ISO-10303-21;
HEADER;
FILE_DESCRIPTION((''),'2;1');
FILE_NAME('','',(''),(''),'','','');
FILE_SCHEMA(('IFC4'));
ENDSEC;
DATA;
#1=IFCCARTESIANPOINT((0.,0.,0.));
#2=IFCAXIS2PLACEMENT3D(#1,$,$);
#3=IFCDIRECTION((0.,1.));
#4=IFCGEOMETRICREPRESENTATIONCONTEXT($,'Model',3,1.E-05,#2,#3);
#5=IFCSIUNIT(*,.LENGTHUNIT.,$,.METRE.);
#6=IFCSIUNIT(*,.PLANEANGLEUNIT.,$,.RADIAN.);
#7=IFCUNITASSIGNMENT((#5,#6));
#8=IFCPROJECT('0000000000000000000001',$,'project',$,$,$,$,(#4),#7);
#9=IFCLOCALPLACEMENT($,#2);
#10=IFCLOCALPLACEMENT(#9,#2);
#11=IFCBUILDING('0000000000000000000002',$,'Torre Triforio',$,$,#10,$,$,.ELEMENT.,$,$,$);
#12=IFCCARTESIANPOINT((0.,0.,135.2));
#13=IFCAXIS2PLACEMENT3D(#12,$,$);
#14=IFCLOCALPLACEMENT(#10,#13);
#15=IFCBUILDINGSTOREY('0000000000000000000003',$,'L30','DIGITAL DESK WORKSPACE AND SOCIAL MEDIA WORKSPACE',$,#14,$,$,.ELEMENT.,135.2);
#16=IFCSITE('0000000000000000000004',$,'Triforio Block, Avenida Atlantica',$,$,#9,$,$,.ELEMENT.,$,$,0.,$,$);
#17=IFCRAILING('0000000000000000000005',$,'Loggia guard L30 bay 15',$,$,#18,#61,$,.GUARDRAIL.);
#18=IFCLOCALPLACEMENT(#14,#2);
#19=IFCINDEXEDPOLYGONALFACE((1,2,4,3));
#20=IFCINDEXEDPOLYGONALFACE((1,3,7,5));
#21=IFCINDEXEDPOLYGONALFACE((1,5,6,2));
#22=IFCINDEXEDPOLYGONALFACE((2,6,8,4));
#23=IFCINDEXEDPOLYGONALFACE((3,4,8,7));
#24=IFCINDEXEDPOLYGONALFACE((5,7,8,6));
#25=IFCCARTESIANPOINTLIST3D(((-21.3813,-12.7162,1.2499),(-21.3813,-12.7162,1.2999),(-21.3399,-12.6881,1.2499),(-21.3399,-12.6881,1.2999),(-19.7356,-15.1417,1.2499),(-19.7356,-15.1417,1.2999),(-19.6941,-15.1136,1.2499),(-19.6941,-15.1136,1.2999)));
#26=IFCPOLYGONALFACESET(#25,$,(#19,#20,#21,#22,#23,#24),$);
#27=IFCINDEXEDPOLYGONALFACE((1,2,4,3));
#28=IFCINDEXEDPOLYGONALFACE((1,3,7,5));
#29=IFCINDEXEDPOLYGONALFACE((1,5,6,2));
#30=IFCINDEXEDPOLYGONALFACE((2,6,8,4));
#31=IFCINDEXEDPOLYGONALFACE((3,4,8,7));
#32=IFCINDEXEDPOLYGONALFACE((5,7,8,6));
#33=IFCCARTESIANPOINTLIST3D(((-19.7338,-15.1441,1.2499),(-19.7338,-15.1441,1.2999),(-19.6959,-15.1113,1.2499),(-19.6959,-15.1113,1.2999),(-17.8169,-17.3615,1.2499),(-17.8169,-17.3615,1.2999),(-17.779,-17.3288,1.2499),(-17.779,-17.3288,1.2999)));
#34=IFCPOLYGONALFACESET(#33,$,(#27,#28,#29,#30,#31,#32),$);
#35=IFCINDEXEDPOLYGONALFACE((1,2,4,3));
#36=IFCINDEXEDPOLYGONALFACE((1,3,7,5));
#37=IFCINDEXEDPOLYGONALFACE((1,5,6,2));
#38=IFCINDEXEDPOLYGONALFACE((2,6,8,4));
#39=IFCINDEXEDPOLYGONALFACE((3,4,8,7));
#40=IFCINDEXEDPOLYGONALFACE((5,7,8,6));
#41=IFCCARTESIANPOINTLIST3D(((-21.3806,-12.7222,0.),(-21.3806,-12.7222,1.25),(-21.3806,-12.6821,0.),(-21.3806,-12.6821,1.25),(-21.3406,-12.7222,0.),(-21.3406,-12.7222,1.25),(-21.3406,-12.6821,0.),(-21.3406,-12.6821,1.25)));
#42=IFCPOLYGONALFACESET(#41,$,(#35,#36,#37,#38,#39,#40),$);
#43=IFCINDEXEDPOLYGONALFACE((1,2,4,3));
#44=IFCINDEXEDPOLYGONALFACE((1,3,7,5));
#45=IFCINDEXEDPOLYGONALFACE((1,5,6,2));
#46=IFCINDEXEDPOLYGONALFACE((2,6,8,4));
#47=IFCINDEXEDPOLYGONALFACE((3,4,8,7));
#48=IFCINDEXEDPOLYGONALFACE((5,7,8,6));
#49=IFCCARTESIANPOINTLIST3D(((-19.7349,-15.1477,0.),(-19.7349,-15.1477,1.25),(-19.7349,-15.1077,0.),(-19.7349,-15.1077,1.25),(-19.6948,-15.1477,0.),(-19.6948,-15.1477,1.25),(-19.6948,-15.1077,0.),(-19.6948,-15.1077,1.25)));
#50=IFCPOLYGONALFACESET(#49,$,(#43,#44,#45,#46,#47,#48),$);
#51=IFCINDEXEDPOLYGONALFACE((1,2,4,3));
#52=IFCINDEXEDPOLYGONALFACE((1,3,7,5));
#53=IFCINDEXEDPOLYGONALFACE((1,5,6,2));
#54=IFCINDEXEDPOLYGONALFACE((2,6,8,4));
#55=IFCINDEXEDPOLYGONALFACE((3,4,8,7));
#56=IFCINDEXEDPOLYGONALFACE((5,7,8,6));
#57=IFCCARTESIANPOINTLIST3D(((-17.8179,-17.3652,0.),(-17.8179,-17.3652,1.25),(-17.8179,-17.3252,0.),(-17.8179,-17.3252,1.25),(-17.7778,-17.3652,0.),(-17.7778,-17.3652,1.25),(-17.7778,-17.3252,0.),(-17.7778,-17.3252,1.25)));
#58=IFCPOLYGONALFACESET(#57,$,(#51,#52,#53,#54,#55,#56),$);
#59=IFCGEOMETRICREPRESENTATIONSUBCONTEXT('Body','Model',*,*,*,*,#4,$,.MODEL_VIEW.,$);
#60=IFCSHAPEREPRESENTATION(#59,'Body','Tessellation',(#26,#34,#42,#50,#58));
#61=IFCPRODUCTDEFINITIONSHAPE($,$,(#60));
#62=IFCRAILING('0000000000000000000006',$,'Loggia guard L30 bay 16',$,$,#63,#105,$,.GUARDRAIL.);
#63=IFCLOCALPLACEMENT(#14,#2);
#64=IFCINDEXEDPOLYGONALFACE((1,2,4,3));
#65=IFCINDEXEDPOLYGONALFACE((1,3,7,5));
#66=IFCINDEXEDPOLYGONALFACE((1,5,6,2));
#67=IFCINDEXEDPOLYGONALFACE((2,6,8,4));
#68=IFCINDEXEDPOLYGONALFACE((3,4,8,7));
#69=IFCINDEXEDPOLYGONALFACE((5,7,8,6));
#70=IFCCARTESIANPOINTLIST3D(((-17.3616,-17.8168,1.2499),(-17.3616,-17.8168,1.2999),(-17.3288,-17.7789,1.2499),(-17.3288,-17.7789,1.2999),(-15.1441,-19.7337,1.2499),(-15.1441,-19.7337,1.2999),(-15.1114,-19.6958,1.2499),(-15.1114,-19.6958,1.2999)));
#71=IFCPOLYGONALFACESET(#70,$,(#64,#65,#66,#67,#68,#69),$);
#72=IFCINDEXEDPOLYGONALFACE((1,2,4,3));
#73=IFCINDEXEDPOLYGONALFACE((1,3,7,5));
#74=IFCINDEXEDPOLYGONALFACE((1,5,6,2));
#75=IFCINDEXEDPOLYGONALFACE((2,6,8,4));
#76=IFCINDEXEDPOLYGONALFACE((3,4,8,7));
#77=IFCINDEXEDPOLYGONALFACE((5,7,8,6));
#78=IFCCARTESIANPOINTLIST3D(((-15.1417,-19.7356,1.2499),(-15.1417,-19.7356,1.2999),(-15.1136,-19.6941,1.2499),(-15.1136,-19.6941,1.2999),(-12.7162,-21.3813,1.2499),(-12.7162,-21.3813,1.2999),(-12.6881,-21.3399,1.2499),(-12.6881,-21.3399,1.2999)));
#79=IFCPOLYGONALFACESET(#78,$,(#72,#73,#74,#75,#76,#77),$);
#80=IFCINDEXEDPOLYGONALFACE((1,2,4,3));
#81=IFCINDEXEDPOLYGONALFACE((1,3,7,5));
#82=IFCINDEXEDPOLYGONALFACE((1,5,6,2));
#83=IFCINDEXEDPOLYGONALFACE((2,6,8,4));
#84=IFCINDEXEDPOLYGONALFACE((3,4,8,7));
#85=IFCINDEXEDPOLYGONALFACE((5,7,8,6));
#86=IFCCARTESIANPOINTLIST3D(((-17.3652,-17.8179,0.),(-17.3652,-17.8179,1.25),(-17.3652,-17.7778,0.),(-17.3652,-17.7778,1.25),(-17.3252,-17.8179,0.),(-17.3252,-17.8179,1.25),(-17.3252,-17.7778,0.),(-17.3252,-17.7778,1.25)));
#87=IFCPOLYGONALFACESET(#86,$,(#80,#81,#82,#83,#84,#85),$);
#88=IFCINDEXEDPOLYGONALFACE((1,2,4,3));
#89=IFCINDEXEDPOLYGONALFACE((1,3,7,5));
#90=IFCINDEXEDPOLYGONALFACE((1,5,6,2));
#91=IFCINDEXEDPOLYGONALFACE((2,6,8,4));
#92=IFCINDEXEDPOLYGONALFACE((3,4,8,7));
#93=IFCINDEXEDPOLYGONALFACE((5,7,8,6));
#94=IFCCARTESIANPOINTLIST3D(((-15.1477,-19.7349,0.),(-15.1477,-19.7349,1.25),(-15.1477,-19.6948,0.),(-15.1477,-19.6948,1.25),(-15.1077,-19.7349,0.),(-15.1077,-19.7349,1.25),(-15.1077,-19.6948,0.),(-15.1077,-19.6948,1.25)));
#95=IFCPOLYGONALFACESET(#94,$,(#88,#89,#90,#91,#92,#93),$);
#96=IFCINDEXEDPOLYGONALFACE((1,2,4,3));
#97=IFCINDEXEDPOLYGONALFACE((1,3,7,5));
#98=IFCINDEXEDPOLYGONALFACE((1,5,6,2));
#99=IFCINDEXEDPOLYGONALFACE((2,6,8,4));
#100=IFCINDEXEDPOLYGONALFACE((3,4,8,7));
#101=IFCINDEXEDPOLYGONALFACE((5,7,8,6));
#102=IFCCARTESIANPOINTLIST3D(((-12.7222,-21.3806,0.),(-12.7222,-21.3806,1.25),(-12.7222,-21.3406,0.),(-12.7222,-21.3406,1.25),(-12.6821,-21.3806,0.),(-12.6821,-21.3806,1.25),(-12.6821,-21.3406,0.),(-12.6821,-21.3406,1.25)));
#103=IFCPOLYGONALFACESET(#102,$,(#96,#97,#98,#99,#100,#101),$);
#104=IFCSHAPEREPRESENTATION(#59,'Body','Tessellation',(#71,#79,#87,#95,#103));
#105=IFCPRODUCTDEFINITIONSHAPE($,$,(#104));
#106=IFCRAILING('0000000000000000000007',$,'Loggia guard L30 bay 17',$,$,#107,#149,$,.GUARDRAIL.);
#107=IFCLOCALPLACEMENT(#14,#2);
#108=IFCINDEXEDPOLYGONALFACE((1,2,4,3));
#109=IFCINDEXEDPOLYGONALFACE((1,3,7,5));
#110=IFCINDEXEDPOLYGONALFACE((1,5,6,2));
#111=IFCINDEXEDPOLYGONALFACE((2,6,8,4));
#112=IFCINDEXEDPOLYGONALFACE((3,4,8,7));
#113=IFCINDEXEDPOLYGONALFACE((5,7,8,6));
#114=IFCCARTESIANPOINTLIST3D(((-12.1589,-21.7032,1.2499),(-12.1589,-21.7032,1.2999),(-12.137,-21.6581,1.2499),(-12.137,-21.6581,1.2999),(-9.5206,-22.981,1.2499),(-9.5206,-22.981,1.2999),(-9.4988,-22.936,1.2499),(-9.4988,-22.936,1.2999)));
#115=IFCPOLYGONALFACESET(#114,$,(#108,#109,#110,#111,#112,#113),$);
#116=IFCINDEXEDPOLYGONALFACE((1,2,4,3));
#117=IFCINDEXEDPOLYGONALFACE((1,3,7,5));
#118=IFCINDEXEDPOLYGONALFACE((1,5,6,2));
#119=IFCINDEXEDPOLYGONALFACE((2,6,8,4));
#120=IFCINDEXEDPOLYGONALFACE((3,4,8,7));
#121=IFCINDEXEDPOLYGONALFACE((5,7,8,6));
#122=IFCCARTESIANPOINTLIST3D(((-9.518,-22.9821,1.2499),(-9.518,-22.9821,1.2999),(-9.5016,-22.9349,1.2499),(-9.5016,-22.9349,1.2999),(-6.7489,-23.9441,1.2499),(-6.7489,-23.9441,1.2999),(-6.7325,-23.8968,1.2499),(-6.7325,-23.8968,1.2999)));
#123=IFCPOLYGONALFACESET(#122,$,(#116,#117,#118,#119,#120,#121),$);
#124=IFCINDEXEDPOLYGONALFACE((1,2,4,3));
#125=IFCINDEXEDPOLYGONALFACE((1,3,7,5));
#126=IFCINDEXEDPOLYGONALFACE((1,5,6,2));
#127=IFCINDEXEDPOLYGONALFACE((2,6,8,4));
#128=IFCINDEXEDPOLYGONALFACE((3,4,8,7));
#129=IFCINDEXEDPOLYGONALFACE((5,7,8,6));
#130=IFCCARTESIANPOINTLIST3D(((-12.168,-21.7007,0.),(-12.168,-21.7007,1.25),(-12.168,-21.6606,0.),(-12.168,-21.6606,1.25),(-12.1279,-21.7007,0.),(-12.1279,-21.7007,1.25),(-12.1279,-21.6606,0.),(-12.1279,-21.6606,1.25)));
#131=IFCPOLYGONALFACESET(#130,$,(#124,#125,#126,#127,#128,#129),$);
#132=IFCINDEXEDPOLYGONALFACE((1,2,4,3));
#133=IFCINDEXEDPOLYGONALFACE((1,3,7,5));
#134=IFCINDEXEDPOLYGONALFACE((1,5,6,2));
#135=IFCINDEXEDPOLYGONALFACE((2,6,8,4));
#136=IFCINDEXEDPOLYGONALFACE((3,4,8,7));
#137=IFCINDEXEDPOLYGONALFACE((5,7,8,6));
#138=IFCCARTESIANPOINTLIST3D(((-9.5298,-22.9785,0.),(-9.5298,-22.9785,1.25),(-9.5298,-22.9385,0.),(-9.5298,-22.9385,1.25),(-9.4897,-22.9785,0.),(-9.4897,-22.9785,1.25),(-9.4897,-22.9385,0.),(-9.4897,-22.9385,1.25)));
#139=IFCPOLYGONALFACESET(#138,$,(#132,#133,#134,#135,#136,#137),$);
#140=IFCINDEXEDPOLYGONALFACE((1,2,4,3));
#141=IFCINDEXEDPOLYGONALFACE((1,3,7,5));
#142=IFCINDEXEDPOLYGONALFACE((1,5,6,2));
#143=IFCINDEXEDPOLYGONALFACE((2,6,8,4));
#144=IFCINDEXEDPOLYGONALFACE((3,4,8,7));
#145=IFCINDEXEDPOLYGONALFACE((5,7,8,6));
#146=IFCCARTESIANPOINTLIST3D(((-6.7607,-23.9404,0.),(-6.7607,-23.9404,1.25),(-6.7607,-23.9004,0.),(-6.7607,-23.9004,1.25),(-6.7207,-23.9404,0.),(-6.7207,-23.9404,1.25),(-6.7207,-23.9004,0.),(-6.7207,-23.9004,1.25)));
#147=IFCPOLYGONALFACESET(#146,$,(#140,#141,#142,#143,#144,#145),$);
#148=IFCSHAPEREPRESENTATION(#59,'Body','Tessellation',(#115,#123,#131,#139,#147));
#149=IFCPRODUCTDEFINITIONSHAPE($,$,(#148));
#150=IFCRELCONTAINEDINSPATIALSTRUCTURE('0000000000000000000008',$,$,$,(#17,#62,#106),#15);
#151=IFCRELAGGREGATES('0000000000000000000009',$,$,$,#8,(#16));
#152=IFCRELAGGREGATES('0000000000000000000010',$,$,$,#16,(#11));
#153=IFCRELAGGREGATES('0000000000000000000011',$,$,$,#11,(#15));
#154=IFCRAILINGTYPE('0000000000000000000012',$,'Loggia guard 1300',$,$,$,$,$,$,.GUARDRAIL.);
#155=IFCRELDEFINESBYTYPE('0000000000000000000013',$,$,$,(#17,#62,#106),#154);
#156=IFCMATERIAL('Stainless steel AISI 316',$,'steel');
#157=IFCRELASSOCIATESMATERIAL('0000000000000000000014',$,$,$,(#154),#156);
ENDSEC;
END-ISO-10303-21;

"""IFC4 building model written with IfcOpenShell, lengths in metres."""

from ifc_helpers import new_model, si_unit, direction, frame, origin, origin_2d, place, context, subcontext, project, spatial, rectangle, extrude, material, type_object, element, save


model = new_model("IFC4")

# Units and contexts
model_context = context("Model", 3, precision=1e-05, world=origin(), true_north=direction((0.0, 1.0)))
body_context = subcontext(model_context, "Body", "Model", "MODEL_VIEW")
ifc_project = project(units=[si_unit("LENGTHUNIT", "METRE"), si_unit("PLANEANGLEUNIT", "RADIAN")], contexts=[model_context])

# Site, building, storey
site_placement = place(None, origin())
site = spatial("IfcSite", under=ifc_project, at=site_placement, Name="Triforio Block, Avenida Atlantica", CompositionType="ELEMENT", RefElevation=0.0)
building_placement = place(site_placement, origin())
building = spatial("IfcBuilding", under=site, at=building_placement, Name="Torre Triforio", CompositionType="ELEMENT")
storey_placement = place(building_placement, frame((0.0, 0.0, 135.2)))
storey = spatial("IfcBuildingStorey", under=building, at=storey_placement, Name="L30", Description="DIGITAL DESK WORKSPACE AND SOCIAL MEDIA WORKSPACE", CompositionType="ELEMENT", Elevation=135.2)

# Railings
ifc_material_1 = material(Name="Stainless steel AISI 316", Category="steel")
railing_type = type_object("IfcRailingType", Name="Loggia guard 1300", PredefinedType="GUARDRAIL", material=ifc_material_1)
railing_1_placement = place(storey_placement, frame((-21.3606, -12.7021, 0.0)))
element("IfcRailing", 1, at=railing_1_placement, inside=storey, type_object=railing_type, Name="Loggia guard L30 bay 15", PredefinedType="GUARDRAIL", context=body_context, shape_type="SweptSolid", body=[
    extrude(rectangle(XDim=0.05, YDim=0.05, at=origin_2d()), frame((0.0, 0.0, 1.2749), z_axis=(0.561467, -0.827499, 0.0), x_axis=(0.827499, 0.561467, 0.0)), (0.0, 0.0, 1.0), 2.9312),
    extrude(rectangle(XDim=0.05, YDim=0.05, at=origin_2d()), frame((1.6458, -2.4255, 1.2749), z_axis=(0.653982, -0.75651, 0.0), x_axis=(0.75651, 0.653982, 0.0)), (0.0, 0.0, 1.0), 2.9312),
    extrude(rectangle(XDim=0.04, YDim=0.04, at=origin_2d()), origin(), (0.0, 0.0, 1.0), 1.25),
    extrude(rectangle(XDim=0.04, YDim=0.04, at=origin_2d()), frame((1.6458, -2.4255, 0.0)), (0.0, 0.0, 1.0), 1.25),
    extrude(rectangle(XDim=0.04, YDim=0.04, at=origin_2d()), frame((3.5627, -4.6431, 0.0)), (0.0, 0.0, 1.0), 1.25),
])
railing_2_placement = place(storey_placement, frame((-17.3452, -17.7979, 0.0)))
element("IfcRailing", 2, at=railing_2_placement, inside=storey, type_object=railing_type, Name="Loggia guard L30 bay 16", PredefinedType="GUARDRAIL", context=body_context, shape_type="SweptSolid", body=[
    extrude(rectangle(XDim=0.05, YDim=0.05, at=origin_2d()), frame((0.0, 0.0, 1.2749), z_axis=(0.75651, -0.653982, 0.0), x_axis=(0.653982, 0.75651, 0.0)), (0.0, 0.0, 1.0), 2.9312),
    extrude(rectangle(XDim=0.05, YDim=0.05, at=origin_2d()), frame((2.2175, -1.917, 1.2749), z_axis=(0.827499, -0.561467, 0.0), x_axis=(0.561467, 0.827499, 0.0)), (0.0, 0.0, 1.0), 2.9312),
    extrude(rectangle(XDim=0.04, YDim=0.04, at=origin_2d()), origin(), (0.0, 0.0, 1.0), 1.25),
    extrude(rectangle(XDim=0.04, YDim=0.04, at=origin_2d()), frame((2.2175, -1.917, 0.0)), (0.0, 0.0, 1.0), 1.25),
    extrude(rectangle(XDim=0.04, YDim=0.04, at=origin_2d()), frame((4.6431, -3.5627, 0.0)), (0.0, 0.0, 1.0), 1.25),
])
railing_3_placement = place(storey_placement, frame((-12.1479, -21.6807, 0.0)))
element("IfcRailing", 3, at=railing_3_placement, inside=storey, type_object=railing_type, Name="Loggia guard L30 bay 17", PredefinedType="GUARDRAIL", context=body_context, shape_type="SweptSolid", body=[
    extrude(rectangle(XDim=0.05, YDim=0.05, at=origin_2d()), frame((0.0, 0.0, 1.2749), z_axis=(0.899986, -0.435918, 0.0), x_axis=(0.435918, 0.899986, 0.0)), (0.0, 0.0, 1.0), 2.9314),
    extrude(rectangle(XDim=0.05, YDim=0.05, at=origin_2d()), frame((2.6382, -1.2778, 1.2749), z_axis=(0.944627, -0.328146, 0.0), x_axis=(0.328146, 0.944627, 0.0)), (0.0, 0.0, 1.0), 2.9314),
    extrude(rectangle(XDim=0.04, YDim=0.04, at=origin_2d()), origin(), (0.0, 0.0, 1.0), 1.25),
    extrude(rectangle(XDim=0.04, YDim=0.04, at=origin_2d()), frame((2.6382, -1.2778, 0.0)), (0.0, 0.0, 1.0), 1.25),
    extrude(rectangle(XDim=0.04, YDim=0.04, at=origin_2d()), frame((5.4072, -2.2397, 0.0)), (0.0, 0.0, 1.0), 1.25),
])

save(model, "model.ifc")
